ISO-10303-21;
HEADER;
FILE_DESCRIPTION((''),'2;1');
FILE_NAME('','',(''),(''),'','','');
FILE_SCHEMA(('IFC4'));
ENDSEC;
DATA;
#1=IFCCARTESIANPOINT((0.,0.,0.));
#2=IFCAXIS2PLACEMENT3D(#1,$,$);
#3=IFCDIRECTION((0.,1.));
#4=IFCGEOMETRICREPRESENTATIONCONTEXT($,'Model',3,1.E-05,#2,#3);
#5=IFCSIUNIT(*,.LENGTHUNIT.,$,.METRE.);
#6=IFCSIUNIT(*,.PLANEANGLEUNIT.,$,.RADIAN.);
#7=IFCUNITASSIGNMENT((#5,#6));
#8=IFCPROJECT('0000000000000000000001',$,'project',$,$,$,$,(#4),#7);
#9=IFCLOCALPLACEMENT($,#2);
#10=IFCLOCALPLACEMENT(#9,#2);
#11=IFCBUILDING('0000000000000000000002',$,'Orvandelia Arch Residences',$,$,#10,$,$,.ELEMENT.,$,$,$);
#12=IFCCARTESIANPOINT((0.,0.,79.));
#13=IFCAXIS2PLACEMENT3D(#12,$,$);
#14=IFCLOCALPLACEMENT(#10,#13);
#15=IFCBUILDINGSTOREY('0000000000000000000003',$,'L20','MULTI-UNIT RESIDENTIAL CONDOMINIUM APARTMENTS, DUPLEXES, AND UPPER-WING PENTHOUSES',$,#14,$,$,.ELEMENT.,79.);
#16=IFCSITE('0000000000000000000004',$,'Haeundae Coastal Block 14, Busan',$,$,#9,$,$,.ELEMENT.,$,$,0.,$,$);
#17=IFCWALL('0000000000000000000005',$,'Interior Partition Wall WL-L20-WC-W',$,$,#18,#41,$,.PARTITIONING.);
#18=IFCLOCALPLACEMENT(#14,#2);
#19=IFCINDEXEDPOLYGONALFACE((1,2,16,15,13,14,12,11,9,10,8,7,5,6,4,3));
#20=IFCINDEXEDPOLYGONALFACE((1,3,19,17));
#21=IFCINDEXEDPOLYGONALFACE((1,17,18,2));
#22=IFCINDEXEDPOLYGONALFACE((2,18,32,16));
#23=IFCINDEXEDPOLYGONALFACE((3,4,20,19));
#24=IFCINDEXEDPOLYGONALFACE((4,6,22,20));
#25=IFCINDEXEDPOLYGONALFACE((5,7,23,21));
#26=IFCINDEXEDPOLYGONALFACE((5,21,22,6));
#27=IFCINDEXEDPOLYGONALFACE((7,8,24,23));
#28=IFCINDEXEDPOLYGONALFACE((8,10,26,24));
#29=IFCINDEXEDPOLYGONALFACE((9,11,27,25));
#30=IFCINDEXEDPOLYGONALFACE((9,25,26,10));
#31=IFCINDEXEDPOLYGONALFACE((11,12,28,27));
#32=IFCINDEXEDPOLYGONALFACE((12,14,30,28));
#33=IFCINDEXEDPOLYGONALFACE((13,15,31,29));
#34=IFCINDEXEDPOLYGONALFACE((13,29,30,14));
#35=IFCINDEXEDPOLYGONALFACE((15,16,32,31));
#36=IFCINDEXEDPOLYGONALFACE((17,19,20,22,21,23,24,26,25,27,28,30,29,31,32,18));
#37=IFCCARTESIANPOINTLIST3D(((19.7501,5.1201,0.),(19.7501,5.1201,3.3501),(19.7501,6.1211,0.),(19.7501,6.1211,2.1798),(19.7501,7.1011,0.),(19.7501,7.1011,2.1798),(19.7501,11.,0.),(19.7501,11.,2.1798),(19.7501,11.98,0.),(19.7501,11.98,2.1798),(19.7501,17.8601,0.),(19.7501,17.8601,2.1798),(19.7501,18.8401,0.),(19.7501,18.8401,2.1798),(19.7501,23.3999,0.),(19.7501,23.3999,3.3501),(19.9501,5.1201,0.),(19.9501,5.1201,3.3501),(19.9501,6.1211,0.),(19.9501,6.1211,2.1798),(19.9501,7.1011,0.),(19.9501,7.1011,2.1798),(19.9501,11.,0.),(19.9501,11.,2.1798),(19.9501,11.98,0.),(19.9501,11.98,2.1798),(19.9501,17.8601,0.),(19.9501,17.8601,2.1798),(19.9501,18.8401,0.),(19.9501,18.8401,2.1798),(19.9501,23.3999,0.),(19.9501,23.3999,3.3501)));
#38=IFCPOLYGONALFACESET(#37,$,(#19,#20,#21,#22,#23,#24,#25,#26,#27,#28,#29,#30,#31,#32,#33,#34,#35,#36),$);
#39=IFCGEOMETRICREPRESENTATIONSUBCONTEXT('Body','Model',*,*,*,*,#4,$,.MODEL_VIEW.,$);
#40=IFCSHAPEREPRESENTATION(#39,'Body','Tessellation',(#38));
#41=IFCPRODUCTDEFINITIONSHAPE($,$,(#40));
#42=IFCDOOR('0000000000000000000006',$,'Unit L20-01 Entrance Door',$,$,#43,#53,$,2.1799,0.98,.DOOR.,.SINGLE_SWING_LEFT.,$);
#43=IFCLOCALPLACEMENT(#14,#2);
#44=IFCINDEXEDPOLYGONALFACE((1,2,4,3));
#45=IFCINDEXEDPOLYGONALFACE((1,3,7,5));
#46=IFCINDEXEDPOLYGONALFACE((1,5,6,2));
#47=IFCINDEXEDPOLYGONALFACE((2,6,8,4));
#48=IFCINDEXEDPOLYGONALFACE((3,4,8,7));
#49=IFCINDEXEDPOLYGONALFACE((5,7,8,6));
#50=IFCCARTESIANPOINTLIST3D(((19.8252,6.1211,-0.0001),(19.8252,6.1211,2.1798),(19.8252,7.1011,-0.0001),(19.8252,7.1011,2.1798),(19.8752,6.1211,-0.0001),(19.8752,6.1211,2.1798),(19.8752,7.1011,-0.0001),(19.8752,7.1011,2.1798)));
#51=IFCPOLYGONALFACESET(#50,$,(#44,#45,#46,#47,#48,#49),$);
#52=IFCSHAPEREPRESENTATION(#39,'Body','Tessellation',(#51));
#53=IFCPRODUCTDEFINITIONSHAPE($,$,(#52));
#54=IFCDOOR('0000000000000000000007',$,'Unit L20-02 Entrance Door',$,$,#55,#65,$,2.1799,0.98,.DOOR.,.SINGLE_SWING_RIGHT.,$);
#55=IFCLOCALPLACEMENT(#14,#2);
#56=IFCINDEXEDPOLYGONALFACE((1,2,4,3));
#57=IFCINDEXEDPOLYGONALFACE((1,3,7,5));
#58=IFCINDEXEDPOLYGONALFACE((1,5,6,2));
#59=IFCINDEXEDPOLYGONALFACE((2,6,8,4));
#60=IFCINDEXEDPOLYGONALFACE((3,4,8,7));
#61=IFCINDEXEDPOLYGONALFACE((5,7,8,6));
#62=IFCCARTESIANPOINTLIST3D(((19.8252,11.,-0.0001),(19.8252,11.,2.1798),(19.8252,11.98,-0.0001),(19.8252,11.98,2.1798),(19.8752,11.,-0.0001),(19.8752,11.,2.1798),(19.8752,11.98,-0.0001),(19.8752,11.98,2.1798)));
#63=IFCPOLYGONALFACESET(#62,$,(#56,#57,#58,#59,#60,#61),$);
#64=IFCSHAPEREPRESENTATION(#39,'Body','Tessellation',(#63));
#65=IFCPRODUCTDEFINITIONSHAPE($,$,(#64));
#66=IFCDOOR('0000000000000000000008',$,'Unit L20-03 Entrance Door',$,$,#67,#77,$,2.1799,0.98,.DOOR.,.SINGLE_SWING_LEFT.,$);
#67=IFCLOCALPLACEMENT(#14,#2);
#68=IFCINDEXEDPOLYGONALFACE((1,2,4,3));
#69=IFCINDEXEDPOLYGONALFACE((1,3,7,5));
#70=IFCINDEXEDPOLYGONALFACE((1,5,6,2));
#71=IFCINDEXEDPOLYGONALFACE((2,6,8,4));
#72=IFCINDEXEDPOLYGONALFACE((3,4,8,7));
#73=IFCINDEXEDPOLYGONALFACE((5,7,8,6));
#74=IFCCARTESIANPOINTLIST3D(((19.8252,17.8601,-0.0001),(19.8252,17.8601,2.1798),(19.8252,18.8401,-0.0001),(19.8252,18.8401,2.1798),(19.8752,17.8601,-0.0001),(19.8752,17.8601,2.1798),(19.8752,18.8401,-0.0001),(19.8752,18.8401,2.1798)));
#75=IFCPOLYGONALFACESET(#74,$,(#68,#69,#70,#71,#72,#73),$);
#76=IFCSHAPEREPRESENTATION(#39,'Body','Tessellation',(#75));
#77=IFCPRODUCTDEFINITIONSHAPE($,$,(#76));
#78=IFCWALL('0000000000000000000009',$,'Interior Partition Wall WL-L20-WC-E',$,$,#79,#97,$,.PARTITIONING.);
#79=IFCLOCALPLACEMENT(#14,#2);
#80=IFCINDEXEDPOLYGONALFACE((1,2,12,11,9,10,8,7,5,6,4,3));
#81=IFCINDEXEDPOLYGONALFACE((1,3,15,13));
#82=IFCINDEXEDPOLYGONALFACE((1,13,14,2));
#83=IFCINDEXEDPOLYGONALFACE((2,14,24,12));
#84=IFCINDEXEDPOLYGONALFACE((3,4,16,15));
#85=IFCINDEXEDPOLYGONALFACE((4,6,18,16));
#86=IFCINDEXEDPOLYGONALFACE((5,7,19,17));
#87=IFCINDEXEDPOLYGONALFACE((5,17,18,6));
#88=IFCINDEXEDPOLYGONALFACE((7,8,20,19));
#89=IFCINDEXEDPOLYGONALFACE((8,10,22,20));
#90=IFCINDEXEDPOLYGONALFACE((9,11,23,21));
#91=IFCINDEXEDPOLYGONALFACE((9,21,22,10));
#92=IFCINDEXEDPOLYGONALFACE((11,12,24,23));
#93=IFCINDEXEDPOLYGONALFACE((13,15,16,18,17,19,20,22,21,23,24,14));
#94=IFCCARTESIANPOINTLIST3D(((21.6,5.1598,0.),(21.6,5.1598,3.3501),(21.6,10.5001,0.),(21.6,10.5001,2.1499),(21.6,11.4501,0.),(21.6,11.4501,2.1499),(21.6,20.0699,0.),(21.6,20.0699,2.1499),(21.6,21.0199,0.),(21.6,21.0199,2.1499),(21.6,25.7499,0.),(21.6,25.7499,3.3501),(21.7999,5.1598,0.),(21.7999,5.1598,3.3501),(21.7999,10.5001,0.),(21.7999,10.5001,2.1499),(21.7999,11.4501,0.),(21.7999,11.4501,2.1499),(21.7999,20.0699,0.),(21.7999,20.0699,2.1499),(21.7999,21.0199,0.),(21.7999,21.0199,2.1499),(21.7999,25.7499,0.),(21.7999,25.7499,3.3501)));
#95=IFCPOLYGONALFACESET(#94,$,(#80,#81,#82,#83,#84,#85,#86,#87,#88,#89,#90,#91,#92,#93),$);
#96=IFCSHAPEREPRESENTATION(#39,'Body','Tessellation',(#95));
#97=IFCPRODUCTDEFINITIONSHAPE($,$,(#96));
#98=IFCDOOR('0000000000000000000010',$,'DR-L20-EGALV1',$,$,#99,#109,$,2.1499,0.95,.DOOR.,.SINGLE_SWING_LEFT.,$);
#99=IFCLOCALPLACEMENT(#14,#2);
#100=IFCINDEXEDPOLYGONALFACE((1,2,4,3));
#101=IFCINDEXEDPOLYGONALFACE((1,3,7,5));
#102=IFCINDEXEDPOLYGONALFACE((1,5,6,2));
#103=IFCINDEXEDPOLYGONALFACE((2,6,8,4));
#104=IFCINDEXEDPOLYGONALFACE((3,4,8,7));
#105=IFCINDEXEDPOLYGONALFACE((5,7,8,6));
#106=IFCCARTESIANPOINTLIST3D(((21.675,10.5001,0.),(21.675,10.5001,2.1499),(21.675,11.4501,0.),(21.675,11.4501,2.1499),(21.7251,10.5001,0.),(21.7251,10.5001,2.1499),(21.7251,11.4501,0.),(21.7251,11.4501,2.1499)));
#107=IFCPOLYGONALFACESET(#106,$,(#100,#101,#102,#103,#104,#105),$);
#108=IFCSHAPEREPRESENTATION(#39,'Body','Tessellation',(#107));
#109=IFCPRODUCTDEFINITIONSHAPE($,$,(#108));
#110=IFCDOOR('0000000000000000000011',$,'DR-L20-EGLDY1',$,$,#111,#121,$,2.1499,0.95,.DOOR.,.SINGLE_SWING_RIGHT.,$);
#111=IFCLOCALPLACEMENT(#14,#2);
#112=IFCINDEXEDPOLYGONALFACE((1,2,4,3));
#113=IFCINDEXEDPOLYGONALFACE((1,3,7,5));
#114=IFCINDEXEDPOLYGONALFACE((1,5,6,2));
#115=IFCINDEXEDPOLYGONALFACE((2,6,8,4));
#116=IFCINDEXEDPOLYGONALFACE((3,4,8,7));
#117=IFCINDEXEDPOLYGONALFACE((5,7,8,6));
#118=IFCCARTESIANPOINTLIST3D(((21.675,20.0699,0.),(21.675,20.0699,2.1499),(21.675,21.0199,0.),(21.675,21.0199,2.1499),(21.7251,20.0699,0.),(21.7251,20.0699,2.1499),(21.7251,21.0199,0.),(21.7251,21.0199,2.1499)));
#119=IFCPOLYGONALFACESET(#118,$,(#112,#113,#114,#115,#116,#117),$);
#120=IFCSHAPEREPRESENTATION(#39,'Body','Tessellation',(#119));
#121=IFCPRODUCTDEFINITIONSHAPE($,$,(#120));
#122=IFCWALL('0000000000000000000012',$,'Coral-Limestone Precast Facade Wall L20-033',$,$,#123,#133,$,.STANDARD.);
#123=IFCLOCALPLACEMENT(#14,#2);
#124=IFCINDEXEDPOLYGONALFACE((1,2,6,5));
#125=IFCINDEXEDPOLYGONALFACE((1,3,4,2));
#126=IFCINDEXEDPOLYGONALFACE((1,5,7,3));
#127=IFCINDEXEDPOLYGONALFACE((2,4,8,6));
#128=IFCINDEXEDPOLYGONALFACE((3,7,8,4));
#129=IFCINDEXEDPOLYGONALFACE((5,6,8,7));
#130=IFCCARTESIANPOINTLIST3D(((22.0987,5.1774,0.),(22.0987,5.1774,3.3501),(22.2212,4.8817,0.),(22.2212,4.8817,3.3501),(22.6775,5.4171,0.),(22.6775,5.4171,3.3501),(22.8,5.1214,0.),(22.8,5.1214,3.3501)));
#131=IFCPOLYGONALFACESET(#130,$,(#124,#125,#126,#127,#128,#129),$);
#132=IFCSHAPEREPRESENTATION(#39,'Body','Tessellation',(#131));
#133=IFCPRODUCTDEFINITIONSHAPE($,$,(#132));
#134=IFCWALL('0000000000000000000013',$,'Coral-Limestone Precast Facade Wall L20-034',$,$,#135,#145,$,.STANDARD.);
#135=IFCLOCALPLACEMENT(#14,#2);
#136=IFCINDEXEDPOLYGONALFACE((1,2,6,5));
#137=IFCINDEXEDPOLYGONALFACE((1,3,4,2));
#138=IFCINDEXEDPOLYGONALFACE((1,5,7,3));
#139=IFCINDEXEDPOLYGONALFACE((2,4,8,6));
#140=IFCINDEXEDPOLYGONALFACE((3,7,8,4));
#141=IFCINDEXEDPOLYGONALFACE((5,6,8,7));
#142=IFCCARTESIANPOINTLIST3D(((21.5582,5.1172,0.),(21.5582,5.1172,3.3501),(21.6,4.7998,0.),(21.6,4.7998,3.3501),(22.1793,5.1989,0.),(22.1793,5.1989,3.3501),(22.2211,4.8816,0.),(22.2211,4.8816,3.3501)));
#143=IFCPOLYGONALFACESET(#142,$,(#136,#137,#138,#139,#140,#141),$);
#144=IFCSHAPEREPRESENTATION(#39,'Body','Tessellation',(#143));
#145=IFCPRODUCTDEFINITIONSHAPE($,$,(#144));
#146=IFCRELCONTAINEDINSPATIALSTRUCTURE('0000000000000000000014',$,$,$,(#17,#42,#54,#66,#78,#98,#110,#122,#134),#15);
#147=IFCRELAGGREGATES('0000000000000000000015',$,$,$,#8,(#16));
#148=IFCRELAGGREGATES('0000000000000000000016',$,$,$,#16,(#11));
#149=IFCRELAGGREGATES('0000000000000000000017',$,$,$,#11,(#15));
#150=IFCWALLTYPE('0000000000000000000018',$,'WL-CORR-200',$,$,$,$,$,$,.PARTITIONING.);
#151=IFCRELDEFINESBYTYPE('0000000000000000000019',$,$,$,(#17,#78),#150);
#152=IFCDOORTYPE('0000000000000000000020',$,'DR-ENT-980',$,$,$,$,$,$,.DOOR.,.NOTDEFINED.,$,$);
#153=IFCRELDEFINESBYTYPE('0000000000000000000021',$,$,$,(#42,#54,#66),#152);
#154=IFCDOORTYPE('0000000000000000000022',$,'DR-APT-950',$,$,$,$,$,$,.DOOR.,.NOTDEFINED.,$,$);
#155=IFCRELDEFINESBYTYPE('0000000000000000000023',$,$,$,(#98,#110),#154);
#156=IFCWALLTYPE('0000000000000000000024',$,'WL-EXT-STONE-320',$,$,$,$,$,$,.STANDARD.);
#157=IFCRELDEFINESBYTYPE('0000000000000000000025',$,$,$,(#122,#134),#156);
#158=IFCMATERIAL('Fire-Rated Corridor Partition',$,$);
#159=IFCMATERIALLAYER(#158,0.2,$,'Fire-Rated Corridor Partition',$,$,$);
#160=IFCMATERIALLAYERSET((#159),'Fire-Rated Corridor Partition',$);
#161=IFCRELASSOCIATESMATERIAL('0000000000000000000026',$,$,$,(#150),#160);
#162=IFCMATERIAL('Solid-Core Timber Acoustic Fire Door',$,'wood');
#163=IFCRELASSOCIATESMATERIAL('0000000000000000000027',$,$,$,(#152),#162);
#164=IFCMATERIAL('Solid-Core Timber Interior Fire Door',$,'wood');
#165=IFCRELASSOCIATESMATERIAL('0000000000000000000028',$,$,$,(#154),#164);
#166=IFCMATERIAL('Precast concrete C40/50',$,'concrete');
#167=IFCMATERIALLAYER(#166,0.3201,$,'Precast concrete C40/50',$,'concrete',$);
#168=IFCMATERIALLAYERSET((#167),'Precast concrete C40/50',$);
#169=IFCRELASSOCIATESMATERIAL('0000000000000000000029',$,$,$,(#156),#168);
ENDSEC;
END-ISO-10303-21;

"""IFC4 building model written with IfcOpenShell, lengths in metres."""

from ifc_helpers import new_model, si_unit, direction, frame, frame_2d, origin, place, context, subcontext, project, spatial, rectangle, extrude, material, layer, layer_set, type_object, element, fill, save


model = new_model("IFC4")

# Units and contexts
model_context = context("Model", 3, precision=1e-05, world=origin(), true_north=direction((0.0, 1.0)))
body_context = subcontext(model_context, "Body", "Model", "MODEL_VIEW")
ifc_project = project(units=[si_unit("LENGTHUNIT", "METRE"), si_unit("PLANEANGLEUNIT", "RADIAN")], contexts=[model_context])

# Site, building, storey
site_placement = place(None, origin())
site = spatial("IfcSite", under=ifc_project, at=site_placement, Name="Haeundae Coastal Block 14, Busan", CompositionType="ELEMENT", RefElevation=0.0)
building_placement = place(site_placement, origin())
building = spatial("IfcBuilding", under=site, at=building_placement, Name="Orvandelia Arch Residences", CompositionType="ELEMENT")
storey_placement = place(building_placement, frame((0.0, 0.0, 79.0)))
storey = spatial("IfcBuildingStorey", under=building, at=storey_placement, Name="L20", Description="MULTI-UNIT RESIDENTIAL CONDOMINIUM APARTMENTS, DUPLEXES, AND UPPER-WING PENTHOUSES", CompositionType="ELEMENT", Elevation=79.0)

# Walls, openings, doors
ifc_material_1 = material(Name="Fire-Rated Corridor Partition")
ifc_layer_1 = layer(ifc_material_1, 0.2, Name="Fire-Rated Corridor Partition")
ifc_layer_set_1 = layer_set([ifc_layer_1], Name="Fire-Rated Corridor Partition")
wall_type_1 = type_object("IfcWallType", Name="WL-CORR-200", PredefinedType="PARTITIONING", material=ifc_layer_set_1)
wall_1_placement = place(storey_placement, frame((19.8501, 5.1201, 0.0), z_axis=(0.0, 0.0, 1.0), x_axis=(0.0, 1.0, 0.0)))
wall_1 = element("IfcWall", 1, at=wall_1_placement, inside=storey, type_object=wall_type_1, Name="Interior Partition Wall WL-L20-WC-W", PredefinedType="PARTITIONING", context=body_context, shape_type="SweptSolid", body=[
    extrude(rectangle(XDim=18.2798, YDim=0.2, at=frame_2d((9.1399, 0.0))), origin(), (0.0, 0.0, 1.0), 3.3501),
])
opening_1_placement = place(wall_1_placement, frame((1.001, 0.0, 0.0)))
opening_1 = element("IfcOpeningElement", 2, at=opening_1_placement, cuts=wall_1, PredefinedType="OPENING", context=body_context, shape_type="SweptSolid", body=[
    extrude(rectangle(XDim=0.98, YDim=2.1799, at=frame_2d((0.49, 1.0898))), frame((0.0, 0.1099, 0.0), z_axis=(0.0, -1.0, 0.0), x_axis=(1.0, 0.0, 0.0)), (0.0, 0.0, 1.0), 0.22),
])
opening_2_placement = place(wall_1_placement, frame((5.8799, 0.0, 0.0)))
opening_2 = element("IfcOpeningElement", 3, at=opening_2_placement, cuts=wall_1, PredefinedType="OPENING", context=body_context, shape_type="SweptSolid", body=[
    extrude(rectangle(XDim=0.98, YDim=2.1799, at=frame_2d((0.49, 1.0898))), frame((0.0, 0.1099, 0.0), z_axis=(0.0, -1.0, 0.0), x_axis=(1.0, 0.0, 0.0)), (0.0, 0.0, 1.0), 0.22),
])
opening_3_placement = place(wall_1_placement, frame((12.74, 0.0, 0.0)))
opening_3 = element("IfcOpeningElement", 4, at=opening_3_placement, cuts=wall_1, PredefinedType="OPENING", context=body_context, shape_type="SweptSolid", body=[
    extrude(rectangle(XDim=0.98, YDim=2.1799, at=frame_2d((0.49, 1.0898))), frame((0.0, 0.1099, 0.0), z_axis=(0.0, -1.0, 0.0), x_axis=(1.0, 0.0, 0.0)), (0.0, 0.0, 1.0), 0.22),
])
ifc_material_2 = material(Name="Solid-Core Timber Acoustic Fire Door", Category="wood")
door_type_1 = type_object("IfcDoorType", Name="DR-ENT-980", OperationType="NOTDEFINED", PredefinedType="DOOR", material=ifc_material_2)
door_1_placement = place(opening_1_placement, origin())
door_1 = element("IfcDoor", 5, at=door_1_placement, inside=storey, type_object=door_type_1, Name="Unit L20-01 Entrance Door", OperationType="SINGLE_SWING_LEFT", OverallHeight=2.1799, OverallWidth=0.98, PredefinedType="DOOR", context=body_context, shape_type="SweptSolid", body=[
    extrude(rectangle(XDim=0.98, YDim=2.1799, at=frame_2d((0.49, 1.0898))), frame((0.0, 0.0249, 0.0), z_axis=(0.0, -1.0, 0.0), x_axis=(1.0, 0.0, 0.0)), (0.0, 0.0, 1.0), 0.05),
])
fill(opening_1, door_1)
door_2_placement = place(opening_2_placement, origin())
door_2 = element("IfcDoor", 6, at=door_2_placement, inside=storey, type_object=door_type_1, Name="Unit L20-02 Entrance Door", OperationType="SINGLE_SWING_RIGHT", OverallHeight=2.1799, OverallWidth=0.98, PredefinedType="DOOR", context=body_context, shape_type="SweptSolid", body=[
    extrude(rectangle(XDim=0.98, YDim=2.1799, at=frame_2d((0.49, 1.0898))), frame((0.0, 0.0249, 0.0), z_axis=(0.0, -1.0, 0.0), x_axis=(1.0, 0.0, 0.0)), (0.0, 0.0, 1.0), 0.05),
])
fill(opening_2, door_2)
door_3_placement = place(opening_3_placement, origin())
door_3 = element("IfcDoor", 7, at=door_3_placement, inside=storey, type_object=door_type_1, Name="Unit L20-03 Entrance Door", OperationType="SINGLE_SWING_LEFT", OverallHeight=2.1799, OverallWidth=0.98, PredefinedType="DOOR", context=body_context, shape_type="SweptSolid", body=[
    extrude(rectangle(XDim=0.98, YDim=2.1799, at=frame_2d((0.49, 1.0898))), frame((0.0, 0.0249, 0.0), z_axis=(0.0, -1.0, 0.0), x_axis=(1.0, 0.0, 0.0)), (0.0, 0.0, 1.0), 0.05),
])
fill(opening_3, door_3)
wall_2_placement = place(storey_placement, frame((21.7, 5.1599, 0.0), z_axis=(0.0, 0.0, 1.0), x_axis=(0.0, 1.0, 0.0)))
wall_2 = element("IfcWall", 8, at=wall_2_placement, inside=storey, type_object=wall_type_1, Name="Interior Partition Wall WL-L20-WC-E", PredefinedType="PARTITIONING", context=body_context, shape_type="SweptSolid", body=[
    extrude(rectangle(XDim=20.5901, YDim=0.2, at=frame_2d((10.2949, 0.0))), origin(), (0.0, 0.0, 1.0), 3.3501),
])
opening_4_placement = place(wall_2_placement, frame((5.3401, 0.0, 0.0)))
opening_4 = element("IfcOpeningElement", 9, at=opening_4_placement, cuts=wall_2, PredefinedType="OPENING", context=body_context, shape_type="SweptSolid", body=[
    extrude(rectangle(XDim=0.95, YDim=2.1499, at=frame_2d((0.4751, 1.075))), frame((0.0, 0.1099, 0.0), z_axis=(0.0, -1.0, 0.0), x_axis=(1.0, 0.0, 0.0)), (0.0, 0.0, 1.0), 0.22),
])
opening_5_placement = place(wall_2_placement, frame((14.9099, 0.0, 0.0)))
opening_5 = element("IfcOpeningElement", 10, at=opening_5_placement, cuts=wall_2, PredefinedType="OPENING", context=body_context, shape_type="SweptSolid", body=[
    extrude(rectangle(XDim=0.95, YDim=2.1499, at=frame_2d((0.4751, 1.075))), frame((0.0, 0.1099, 0.0), z_axis=(0.0, -1.0, 0.0), x_axis=(1.0, 0.0, 0.0)), (0.0, 0.0, 1.0), 0.22),
])
ifc_material_3 = material(Name="Solid-Core Timber Interior Fire Door", Category="wood")
door_type_2 = type_object("IfcDoorType", Name="DR-APT-950", OperationType="NOTDEFINED", PredefinedType="DOOR", material=ifc_material_3)
door_4_placement = place(opening_4_placement, origin())
door_4 = element("IfcDoor", 11, at=door_4_placement, inside=storey, type_object=door_type_2, Name="DR-L20-EGALV1", OperationType="SINGLE_SWING_LEFT", OverallHeight=2.1499, OverallWidth=0.95, PredefinedType="DOOR", context=body_context, shape_type="SweptSolid", body=[
    extrude(rectangle(XDim=0.95, YDim=2.1499, at=frame_2d((0.4751, 1.075))), frame((0.0, 0.0249, 0.0), z_axis=(0.0, -1.0, 0.0), x_axis=(1.0, 0.0, 0.0)), (0.0, 0.0, 1.0), 0.05),
])
fill(opening_4, door_4)
door_5_placement = place(opening_5_placement, origin())
door_5 = element("IfcDoor", 12, at=door_5_placement, inside=storey, type_object=door_type_2, Name="DR-L20-EGLDY1", OperationType="SINGLE_SWING_RIGHT", OverallHeight=2.1499, OverallWidth=0.95, PredefinedType="DOOR", context=body_context, shape_type="SweptSolid", body=[
    extrude(rectangle(XDim=0.95, YDim=2.1499, at=frame_2d((0.4751, 1.075))), frame((0.0, 0.0249, 0.0), z_axis=(0.0, -1.0, 0.0), x_axis=(1.0, 0.0, 0.0)), (0.0, 0.0, 1.0), 0.05),
])
fill(opening_5, door_5)

# Walls
ifc_material_4 = material(Name="Precast concrete C40/50", Category="concrete")
ifc_layer_2 = layer(ifc_material_4, 0.3201, Name="Precast concrete C40/50", Category="concrete")
ifc_layer_set_2 = layer_set([ifc_layer_2], Name="Precast concrete C40/50")
wall_type_2 = type_object("IfcWallType", Name="WL-EXT-STONE-320", PredefinedType="STANDARD", material=ifc_layer_set_2)
for number, where, z_axis, x_axis, name in (
    (13, (22.7388, 5.2693, 0.0), (0.0, 0.0, 1.0), (-0.923893, -0.38265, 0.0), "Coral-Limestone Precast Facade Wall L20-033"),
    (14, (22.2002, 5.0403, 0.0), (0.0, 0.0, 1.0), (-0.991441, -0.130555, 0.0), "Coral-Limestone Precast Facade Wall L20-034"),
):
    element("IfcWall", number, at=place(storey_placement, frame(where, z_axis=z_axis, x_axis=x_axis)), inside=storey, type_object=wall_type_2, Name=name, PredefinedType="STANDARD", context=body_context, shape_type="SweptSolid", body=[
        extrude(rectangle(XDim=0.6265, YDim=0.3201, at=frame_2d((0.3132, 0.0))), origin(), (0.0, 0.0, 1.0), 3.3501),
    ])

save(model, "model.ifc")
